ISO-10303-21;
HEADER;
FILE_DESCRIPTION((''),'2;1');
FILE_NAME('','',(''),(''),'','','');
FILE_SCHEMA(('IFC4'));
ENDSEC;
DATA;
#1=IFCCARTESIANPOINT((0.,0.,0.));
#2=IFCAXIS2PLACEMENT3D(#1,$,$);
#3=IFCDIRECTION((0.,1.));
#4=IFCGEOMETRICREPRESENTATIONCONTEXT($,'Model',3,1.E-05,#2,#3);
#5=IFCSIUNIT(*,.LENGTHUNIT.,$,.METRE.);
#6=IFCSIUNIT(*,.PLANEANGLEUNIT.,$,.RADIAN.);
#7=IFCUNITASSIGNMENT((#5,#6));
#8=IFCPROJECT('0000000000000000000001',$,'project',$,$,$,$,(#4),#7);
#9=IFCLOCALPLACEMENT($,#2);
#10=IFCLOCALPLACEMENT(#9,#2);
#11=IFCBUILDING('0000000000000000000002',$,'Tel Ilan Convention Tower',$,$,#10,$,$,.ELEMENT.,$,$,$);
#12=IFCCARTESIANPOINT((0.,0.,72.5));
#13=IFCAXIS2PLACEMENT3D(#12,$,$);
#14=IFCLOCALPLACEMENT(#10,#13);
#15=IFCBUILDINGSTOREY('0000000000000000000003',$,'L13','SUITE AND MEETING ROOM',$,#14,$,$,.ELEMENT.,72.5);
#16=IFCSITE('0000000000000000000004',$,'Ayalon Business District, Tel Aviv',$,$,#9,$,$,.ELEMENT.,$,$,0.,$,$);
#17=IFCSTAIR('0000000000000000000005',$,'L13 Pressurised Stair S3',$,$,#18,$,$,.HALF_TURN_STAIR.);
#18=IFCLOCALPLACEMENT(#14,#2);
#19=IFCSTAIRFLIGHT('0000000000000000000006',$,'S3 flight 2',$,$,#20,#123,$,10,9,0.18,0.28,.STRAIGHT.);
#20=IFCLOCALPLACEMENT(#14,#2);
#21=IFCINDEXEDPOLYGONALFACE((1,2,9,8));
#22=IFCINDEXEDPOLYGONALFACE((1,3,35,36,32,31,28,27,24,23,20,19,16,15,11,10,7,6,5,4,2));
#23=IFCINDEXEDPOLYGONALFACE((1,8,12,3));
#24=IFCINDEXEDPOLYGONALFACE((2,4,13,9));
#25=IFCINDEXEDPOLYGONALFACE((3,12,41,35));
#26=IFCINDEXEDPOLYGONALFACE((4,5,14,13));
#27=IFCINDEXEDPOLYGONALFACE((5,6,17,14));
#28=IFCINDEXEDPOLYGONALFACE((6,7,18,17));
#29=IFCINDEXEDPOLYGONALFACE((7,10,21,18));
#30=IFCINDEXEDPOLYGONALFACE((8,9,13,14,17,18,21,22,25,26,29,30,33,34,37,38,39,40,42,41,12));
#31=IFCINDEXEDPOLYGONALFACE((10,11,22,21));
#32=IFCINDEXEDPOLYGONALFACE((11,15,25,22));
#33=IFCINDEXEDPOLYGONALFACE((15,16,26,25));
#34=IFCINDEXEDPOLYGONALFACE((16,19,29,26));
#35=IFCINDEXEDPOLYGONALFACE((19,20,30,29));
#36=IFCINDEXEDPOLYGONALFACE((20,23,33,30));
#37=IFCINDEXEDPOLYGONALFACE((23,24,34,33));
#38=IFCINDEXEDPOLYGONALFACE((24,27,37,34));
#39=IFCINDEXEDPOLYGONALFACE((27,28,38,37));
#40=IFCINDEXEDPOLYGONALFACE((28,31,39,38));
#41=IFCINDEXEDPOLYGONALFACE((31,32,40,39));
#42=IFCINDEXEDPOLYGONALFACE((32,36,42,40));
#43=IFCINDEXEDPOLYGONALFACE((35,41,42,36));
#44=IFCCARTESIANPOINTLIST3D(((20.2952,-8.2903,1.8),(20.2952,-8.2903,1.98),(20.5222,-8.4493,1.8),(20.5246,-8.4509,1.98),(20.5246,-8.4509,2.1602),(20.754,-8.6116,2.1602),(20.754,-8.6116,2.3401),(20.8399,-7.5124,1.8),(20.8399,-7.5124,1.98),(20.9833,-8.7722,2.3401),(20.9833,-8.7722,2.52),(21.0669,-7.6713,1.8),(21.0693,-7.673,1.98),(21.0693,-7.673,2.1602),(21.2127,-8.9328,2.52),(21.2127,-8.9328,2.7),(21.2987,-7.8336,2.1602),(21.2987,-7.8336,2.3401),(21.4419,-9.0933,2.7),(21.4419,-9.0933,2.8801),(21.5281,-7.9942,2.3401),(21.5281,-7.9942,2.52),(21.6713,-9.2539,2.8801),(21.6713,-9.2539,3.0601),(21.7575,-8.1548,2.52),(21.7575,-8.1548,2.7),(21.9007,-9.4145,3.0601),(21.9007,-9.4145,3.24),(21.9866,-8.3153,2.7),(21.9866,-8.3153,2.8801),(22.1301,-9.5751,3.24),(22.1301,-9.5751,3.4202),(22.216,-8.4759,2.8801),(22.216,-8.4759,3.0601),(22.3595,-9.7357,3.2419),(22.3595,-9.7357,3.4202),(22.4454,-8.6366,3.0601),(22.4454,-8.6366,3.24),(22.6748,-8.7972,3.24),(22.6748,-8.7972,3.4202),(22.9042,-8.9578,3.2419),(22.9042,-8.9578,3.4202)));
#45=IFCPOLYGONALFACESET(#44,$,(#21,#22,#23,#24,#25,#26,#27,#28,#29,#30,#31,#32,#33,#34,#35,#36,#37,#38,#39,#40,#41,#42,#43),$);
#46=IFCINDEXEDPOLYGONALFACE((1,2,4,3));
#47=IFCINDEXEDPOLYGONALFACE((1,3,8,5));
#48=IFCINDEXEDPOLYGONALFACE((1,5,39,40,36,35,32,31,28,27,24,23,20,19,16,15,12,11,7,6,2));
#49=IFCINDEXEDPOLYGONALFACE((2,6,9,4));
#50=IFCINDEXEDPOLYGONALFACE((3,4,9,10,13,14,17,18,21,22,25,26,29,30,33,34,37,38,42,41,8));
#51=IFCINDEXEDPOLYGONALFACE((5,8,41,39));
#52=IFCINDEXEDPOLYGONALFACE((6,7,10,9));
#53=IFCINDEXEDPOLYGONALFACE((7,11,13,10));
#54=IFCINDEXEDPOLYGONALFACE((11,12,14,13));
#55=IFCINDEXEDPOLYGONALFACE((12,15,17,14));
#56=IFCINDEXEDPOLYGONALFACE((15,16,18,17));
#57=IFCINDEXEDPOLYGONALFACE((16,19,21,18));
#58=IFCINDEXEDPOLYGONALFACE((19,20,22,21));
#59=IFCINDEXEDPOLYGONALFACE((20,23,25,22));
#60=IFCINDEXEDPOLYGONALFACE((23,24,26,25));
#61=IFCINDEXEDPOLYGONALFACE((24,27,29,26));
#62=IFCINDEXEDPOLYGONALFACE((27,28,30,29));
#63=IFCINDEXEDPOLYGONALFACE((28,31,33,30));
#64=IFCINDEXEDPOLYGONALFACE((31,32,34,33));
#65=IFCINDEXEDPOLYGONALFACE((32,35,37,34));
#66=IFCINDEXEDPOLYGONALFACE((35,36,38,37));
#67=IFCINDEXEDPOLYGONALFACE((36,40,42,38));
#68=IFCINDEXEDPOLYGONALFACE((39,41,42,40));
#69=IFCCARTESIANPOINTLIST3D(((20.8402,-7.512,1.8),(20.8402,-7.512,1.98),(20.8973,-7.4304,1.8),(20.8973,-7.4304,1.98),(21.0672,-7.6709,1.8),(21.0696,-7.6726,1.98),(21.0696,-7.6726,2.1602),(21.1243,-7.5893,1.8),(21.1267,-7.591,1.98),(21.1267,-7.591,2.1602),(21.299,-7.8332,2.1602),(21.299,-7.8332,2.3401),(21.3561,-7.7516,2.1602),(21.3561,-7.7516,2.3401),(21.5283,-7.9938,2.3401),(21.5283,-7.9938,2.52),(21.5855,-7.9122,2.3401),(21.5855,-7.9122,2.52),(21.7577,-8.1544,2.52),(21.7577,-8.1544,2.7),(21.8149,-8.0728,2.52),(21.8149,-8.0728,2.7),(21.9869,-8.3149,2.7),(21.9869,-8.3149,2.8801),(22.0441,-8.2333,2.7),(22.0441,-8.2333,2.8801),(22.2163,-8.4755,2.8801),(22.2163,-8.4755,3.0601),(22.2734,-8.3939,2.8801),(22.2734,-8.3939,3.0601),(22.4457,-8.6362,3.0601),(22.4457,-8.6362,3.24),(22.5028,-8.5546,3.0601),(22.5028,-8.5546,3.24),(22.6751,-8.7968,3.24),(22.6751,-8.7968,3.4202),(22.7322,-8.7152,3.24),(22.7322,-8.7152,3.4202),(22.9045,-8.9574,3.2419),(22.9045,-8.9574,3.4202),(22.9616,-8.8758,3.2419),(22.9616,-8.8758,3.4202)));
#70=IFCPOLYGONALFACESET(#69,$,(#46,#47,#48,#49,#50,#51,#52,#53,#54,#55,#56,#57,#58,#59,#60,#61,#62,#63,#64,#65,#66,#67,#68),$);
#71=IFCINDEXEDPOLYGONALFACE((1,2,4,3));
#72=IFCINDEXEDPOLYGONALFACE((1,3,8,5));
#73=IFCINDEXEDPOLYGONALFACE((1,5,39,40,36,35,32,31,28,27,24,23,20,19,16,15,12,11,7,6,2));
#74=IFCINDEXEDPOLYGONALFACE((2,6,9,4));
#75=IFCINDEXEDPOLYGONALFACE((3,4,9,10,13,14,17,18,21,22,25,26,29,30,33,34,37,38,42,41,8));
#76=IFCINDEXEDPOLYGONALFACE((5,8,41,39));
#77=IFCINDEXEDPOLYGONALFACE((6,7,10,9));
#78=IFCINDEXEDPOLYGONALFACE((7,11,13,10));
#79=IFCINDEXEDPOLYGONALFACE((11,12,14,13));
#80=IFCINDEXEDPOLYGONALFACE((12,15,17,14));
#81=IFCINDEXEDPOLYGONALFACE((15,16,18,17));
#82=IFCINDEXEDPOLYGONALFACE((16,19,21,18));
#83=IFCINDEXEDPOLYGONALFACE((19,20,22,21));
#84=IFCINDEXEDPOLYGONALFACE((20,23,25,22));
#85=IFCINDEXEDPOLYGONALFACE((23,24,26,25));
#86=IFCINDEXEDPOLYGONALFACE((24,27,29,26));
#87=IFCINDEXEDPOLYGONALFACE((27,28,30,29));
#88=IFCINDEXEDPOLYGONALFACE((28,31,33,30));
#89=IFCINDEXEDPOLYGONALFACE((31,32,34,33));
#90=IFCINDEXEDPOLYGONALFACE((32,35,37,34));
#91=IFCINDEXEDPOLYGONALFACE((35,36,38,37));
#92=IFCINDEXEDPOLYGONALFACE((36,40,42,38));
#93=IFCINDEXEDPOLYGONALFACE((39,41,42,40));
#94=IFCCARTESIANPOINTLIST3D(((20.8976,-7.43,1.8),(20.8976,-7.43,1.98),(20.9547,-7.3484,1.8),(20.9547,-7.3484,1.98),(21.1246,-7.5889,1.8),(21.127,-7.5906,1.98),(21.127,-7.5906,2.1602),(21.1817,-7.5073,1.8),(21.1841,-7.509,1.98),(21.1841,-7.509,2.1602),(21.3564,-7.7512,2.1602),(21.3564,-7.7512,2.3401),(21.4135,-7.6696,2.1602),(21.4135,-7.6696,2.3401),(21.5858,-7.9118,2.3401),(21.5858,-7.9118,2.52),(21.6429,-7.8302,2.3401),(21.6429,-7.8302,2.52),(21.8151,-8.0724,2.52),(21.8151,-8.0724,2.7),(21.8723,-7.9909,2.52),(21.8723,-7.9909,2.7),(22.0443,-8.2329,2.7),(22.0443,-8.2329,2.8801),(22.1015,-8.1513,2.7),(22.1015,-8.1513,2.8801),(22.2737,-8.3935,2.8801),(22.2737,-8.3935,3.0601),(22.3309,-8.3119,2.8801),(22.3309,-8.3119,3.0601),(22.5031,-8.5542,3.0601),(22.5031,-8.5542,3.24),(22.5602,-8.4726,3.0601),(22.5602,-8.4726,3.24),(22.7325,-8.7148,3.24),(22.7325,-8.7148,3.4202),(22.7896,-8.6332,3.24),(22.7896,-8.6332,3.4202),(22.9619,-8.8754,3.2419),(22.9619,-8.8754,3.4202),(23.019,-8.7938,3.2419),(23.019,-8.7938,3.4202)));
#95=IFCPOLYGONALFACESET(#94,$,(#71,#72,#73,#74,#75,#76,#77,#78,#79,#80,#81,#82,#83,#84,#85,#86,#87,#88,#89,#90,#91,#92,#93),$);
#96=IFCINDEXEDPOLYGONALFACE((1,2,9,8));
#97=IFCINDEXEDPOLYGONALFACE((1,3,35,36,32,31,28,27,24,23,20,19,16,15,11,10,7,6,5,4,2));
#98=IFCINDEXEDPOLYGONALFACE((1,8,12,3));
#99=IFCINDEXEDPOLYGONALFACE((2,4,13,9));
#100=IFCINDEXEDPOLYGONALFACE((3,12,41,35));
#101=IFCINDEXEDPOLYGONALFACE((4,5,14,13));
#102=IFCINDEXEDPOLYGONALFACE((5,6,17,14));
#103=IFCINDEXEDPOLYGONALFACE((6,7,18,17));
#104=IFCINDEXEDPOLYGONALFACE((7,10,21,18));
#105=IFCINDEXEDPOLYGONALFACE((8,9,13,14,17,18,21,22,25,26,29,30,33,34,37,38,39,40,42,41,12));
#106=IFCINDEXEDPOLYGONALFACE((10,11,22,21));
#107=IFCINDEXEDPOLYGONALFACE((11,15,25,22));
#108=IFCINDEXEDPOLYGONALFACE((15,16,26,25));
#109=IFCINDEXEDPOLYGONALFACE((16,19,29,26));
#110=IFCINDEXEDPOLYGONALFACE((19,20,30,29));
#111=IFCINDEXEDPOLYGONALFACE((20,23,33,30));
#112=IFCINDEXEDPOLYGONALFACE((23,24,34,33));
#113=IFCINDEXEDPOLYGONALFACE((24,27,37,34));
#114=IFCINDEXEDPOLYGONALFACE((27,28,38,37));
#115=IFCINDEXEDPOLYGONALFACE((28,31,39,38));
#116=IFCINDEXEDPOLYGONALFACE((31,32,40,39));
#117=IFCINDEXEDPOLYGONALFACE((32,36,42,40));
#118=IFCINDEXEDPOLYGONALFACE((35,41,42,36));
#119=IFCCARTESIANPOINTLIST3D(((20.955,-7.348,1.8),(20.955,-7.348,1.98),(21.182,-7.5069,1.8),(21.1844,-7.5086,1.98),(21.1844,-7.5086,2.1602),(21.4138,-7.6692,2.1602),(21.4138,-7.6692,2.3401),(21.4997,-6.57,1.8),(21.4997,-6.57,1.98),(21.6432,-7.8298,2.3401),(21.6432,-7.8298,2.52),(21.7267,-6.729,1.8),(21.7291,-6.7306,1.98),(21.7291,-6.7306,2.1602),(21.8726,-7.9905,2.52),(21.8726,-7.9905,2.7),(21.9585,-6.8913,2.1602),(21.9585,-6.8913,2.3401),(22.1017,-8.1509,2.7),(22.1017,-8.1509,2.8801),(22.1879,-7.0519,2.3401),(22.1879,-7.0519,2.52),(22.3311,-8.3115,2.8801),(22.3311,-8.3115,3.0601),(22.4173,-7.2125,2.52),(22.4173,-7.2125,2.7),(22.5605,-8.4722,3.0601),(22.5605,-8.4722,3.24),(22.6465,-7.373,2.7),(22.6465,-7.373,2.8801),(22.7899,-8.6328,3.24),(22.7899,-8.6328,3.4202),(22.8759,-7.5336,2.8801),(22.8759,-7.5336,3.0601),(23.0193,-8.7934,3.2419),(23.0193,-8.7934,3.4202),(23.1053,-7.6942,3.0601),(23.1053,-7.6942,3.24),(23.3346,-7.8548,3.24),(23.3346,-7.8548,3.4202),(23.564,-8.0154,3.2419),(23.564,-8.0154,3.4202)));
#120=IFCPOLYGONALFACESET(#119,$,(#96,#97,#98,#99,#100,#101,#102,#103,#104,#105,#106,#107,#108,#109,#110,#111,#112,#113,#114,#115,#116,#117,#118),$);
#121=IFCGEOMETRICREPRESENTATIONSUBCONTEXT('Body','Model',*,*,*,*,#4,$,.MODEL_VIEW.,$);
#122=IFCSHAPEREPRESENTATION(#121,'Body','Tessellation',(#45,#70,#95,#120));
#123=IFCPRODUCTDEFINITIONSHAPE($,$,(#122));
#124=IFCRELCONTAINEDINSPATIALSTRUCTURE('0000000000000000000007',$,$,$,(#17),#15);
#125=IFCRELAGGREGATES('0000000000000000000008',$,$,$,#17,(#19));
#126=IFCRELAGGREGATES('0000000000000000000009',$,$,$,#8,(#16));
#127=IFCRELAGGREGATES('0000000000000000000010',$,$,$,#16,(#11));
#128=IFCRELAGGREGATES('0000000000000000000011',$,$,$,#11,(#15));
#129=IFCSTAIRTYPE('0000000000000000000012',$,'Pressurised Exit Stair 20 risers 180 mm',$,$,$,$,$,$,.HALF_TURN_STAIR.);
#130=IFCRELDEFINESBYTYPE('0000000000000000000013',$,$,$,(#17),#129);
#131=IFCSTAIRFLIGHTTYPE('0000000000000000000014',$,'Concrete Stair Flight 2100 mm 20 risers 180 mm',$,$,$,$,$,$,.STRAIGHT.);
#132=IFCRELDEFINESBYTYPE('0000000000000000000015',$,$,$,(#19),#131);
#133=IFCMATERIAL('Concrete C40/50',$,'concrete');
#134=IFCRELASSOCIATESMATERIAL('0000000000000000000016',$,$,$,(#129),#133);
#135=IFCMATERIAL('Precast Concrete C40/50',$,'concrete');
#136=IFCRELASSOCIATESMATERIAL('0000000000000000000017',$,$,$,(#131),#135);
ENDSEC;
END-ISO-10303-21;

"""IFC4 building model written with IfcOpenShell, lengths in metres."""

from ifc_helpers import new_model, si_unit, direction, frame, origin, place, context, subcontext, project, spatial, polyline, outline, extrude, material, type_object, element, aggregate, save


model = new_model("IFC4")

# Units and contexts
model_context = context("Model", 3, precision=1e-05, world=origin(), true_north=direction((0.0, 1.0)))
body_context = subcontext(model_context, "Body", "Model", "MODEL_VIEW")
ifc_project = project(units=[si_unit("LENGTHUNIT", "METRE"), si_unit("PLANEANGLEUNIT", "RADIAN")], contexts=[model_context])

# Site, building, storey
site_placement = place(None, origin())
site = spatial("IfcSite", under=ifc_project, at=site_placement, Name="Ayalon Business District, Tel Aviv", CompositionType="ELEMENT", RefElevation=0.0)
building_placement = place(site_placement, origin())
building = spatial("IfcBuilding", under=site, at=building_placement, Name="Tel Ilan Convention Tower", CompositionType="ELEMENT")
storey_placement = place(building_placement, frame((0.0, 0.0, 72.5)))
storey = spatial("IfcBuildingStorey", under=building, at=storey_placement, Name="L13", Description="SUITE AND MEETING ROOM", CompositionType="ELEMENT", Elevation=72.5)

# Stair, stair flight
ifc_material_1 = material(Name="Concrete C40/50", Category="concrete")
stair_type = type_object("IfcStairType", Name="Pressurised Exit Stair 20 risers 180 mm", PredefinedType="HALF_TURN_STAIR", material=ifc_material_1)
stair_1_placement = place(storey_placement, origin())
stair_1 = element("IfcStair", 1, at=stair_1_placement, inside=storey, type_object=stair_type, Name="L13 Pressurised Stair S3", PredefinedType="HALF_TURN_STAIR")
ifc_material_2 = material(Name="Precast Concrete C40/50", Category="concrete")
stair_flight_type = type_object("IfcStairFlightType", Name="Concrete Stair Flight 2100 mm 20 risers 180 mm", PredefinedType="STRAIGHT", material=ifc_material_2)
stair_flight_1_placement = place(storey_placement, frame((20.8975, -7.4302, 1.8), z_axis=(0.0, 0.0, 1.0), x_axis=(0.819152, -0.573576, 0.0)))
stair_flight_1 = element("IfcStairFlight", 2, at=stair_flight_1_placement, type_object=stair_flight_type, Name="S3 flight 2", NumberOfRisers=10, NumberOfTreads=9, PredefinedType="STRAIGHT", RiserHeight=0.18, TreadLength=0.28, context=body_context, shape_type="SweptSolid", body=[
    extrude(outline(polyline([(0.0, 0.0), (0.0, 0.1799), (0.28, 0.1799), (0.28, 0.3601), (0.5601, 0.3601), (0.5601, 0.54), (0.8401, 0.54), (0.8401, 0.72), (1.1201, 0.72), (1.1201, 0.8999), (1.3999, 0.8999), (1.3999, 1.0801), (1.6799, 1.0801), (1.6799, 1.26), (1.96, 1.26), (1.96, 1.4399), (2.24, 1.4399), (2.24, 1.6201), (2.52, 1.6201), (2.52, 1.8), (2.52, 1.4419), (0.2771, 0.0), (0.0, 0.0)])), frame((0.0, -0.1003, 0.0), z_axis=(0.0, -1.0, 0.0), x_axis=(1.0, 0.0, 0.0)), (0.0, 0.0, 1.0), 0.9497),
    extrude(outline(polyline([(0.0, 0.0), (0.0, 0.1799), (0.28, 0.1799), (0.28, 0.3601), (0.5601, 0.3601), (0.5601, 0.54), (0.8401, 0.54), (0.8401, 0.72), (1.1201, 0.72), (1.1201, 0.8999), (1.3999, 0.8999), (1.3999, 1.0801), (1.6799, 1.0801), (1.6799, 1.26), (1.96, 1.26), (1.96, 1.4399), (2.24, 1.4399), (2.24, 1.6201), (2.52, 1.6201), (2.52, 1.8), (2.52, 1.4419), (0.2771, 0.0), (0.0, 0.0)])), frame((0.0, -0.0002, 0.0), z_axis=(0.0, -1.0, 0.0), x_axis=(1.0, 0.0, 0.0)), (0.0, 0.0, 1.0), 0.0996),
    extrude(outline(polyline([(0.0, 0.0), (0.0, 0.1799), (0.28, 0.1799), (0.28, 0.3601), (0.5601, 0.3601), (0.5601, 0.54), (0.8401, 0.54), (0.8401, 0.72), (1.1201, 0.72), (1.1201, 0.8999), (1.3999, 0.8999), (1.3999, 1.0801), (1.6799, 1.0801), (1.6799, 1.26), (1.96, 1.26), (1.96, 1.4399), (2.24, 1.4399), (2.24, 1.6201), (2.52, 1.6201), (2.52, 1.8), (2.52, 1.4419), (0.2771, 0.0), (0.0, 0.0)])), frame((0.0, 0.0999, 0.0), z_axis=(0.0, -1.0, 0.0), x_axis=(1.0, 0.0, 0.0)), (0.0, 0.0, 1.0), 0.0996),
    extrude(outline(polyline([(0.0, 0.0), (0.0, 0.1799), (0.28, 0.1799), (0.28, 0.3601), (0.5601, 0.3601), (0.5601, 0.54), (0.8401, 0.54), (0.8401, 0.72), (1.1201, 0.72), (1.1201, 0.8999), (1.3999, 0.8999), (1.3999, 1.0801), (1.6799, 1.0801), (1.6799, 1.26), (1.96, 1.26), (1.96, 1.4399), (2.24, 1.4399), (2.24, 1.6201), (2.52, 1.6201), (2.52, 1.8), (2.52, 1.4419), (0.2771, 0.0), (0.0, 0.0)])), frame((0.0, 1.05, 0.0), z_axis=(0.0, -1.0, 0.0), x_axis=(1.0, 0.0, 0.0)), (0.0, 0.0, 1.0), 0.9497),
])
aggregate(stair_1, [stair_flight_1])

save(model, "model.ifc")
